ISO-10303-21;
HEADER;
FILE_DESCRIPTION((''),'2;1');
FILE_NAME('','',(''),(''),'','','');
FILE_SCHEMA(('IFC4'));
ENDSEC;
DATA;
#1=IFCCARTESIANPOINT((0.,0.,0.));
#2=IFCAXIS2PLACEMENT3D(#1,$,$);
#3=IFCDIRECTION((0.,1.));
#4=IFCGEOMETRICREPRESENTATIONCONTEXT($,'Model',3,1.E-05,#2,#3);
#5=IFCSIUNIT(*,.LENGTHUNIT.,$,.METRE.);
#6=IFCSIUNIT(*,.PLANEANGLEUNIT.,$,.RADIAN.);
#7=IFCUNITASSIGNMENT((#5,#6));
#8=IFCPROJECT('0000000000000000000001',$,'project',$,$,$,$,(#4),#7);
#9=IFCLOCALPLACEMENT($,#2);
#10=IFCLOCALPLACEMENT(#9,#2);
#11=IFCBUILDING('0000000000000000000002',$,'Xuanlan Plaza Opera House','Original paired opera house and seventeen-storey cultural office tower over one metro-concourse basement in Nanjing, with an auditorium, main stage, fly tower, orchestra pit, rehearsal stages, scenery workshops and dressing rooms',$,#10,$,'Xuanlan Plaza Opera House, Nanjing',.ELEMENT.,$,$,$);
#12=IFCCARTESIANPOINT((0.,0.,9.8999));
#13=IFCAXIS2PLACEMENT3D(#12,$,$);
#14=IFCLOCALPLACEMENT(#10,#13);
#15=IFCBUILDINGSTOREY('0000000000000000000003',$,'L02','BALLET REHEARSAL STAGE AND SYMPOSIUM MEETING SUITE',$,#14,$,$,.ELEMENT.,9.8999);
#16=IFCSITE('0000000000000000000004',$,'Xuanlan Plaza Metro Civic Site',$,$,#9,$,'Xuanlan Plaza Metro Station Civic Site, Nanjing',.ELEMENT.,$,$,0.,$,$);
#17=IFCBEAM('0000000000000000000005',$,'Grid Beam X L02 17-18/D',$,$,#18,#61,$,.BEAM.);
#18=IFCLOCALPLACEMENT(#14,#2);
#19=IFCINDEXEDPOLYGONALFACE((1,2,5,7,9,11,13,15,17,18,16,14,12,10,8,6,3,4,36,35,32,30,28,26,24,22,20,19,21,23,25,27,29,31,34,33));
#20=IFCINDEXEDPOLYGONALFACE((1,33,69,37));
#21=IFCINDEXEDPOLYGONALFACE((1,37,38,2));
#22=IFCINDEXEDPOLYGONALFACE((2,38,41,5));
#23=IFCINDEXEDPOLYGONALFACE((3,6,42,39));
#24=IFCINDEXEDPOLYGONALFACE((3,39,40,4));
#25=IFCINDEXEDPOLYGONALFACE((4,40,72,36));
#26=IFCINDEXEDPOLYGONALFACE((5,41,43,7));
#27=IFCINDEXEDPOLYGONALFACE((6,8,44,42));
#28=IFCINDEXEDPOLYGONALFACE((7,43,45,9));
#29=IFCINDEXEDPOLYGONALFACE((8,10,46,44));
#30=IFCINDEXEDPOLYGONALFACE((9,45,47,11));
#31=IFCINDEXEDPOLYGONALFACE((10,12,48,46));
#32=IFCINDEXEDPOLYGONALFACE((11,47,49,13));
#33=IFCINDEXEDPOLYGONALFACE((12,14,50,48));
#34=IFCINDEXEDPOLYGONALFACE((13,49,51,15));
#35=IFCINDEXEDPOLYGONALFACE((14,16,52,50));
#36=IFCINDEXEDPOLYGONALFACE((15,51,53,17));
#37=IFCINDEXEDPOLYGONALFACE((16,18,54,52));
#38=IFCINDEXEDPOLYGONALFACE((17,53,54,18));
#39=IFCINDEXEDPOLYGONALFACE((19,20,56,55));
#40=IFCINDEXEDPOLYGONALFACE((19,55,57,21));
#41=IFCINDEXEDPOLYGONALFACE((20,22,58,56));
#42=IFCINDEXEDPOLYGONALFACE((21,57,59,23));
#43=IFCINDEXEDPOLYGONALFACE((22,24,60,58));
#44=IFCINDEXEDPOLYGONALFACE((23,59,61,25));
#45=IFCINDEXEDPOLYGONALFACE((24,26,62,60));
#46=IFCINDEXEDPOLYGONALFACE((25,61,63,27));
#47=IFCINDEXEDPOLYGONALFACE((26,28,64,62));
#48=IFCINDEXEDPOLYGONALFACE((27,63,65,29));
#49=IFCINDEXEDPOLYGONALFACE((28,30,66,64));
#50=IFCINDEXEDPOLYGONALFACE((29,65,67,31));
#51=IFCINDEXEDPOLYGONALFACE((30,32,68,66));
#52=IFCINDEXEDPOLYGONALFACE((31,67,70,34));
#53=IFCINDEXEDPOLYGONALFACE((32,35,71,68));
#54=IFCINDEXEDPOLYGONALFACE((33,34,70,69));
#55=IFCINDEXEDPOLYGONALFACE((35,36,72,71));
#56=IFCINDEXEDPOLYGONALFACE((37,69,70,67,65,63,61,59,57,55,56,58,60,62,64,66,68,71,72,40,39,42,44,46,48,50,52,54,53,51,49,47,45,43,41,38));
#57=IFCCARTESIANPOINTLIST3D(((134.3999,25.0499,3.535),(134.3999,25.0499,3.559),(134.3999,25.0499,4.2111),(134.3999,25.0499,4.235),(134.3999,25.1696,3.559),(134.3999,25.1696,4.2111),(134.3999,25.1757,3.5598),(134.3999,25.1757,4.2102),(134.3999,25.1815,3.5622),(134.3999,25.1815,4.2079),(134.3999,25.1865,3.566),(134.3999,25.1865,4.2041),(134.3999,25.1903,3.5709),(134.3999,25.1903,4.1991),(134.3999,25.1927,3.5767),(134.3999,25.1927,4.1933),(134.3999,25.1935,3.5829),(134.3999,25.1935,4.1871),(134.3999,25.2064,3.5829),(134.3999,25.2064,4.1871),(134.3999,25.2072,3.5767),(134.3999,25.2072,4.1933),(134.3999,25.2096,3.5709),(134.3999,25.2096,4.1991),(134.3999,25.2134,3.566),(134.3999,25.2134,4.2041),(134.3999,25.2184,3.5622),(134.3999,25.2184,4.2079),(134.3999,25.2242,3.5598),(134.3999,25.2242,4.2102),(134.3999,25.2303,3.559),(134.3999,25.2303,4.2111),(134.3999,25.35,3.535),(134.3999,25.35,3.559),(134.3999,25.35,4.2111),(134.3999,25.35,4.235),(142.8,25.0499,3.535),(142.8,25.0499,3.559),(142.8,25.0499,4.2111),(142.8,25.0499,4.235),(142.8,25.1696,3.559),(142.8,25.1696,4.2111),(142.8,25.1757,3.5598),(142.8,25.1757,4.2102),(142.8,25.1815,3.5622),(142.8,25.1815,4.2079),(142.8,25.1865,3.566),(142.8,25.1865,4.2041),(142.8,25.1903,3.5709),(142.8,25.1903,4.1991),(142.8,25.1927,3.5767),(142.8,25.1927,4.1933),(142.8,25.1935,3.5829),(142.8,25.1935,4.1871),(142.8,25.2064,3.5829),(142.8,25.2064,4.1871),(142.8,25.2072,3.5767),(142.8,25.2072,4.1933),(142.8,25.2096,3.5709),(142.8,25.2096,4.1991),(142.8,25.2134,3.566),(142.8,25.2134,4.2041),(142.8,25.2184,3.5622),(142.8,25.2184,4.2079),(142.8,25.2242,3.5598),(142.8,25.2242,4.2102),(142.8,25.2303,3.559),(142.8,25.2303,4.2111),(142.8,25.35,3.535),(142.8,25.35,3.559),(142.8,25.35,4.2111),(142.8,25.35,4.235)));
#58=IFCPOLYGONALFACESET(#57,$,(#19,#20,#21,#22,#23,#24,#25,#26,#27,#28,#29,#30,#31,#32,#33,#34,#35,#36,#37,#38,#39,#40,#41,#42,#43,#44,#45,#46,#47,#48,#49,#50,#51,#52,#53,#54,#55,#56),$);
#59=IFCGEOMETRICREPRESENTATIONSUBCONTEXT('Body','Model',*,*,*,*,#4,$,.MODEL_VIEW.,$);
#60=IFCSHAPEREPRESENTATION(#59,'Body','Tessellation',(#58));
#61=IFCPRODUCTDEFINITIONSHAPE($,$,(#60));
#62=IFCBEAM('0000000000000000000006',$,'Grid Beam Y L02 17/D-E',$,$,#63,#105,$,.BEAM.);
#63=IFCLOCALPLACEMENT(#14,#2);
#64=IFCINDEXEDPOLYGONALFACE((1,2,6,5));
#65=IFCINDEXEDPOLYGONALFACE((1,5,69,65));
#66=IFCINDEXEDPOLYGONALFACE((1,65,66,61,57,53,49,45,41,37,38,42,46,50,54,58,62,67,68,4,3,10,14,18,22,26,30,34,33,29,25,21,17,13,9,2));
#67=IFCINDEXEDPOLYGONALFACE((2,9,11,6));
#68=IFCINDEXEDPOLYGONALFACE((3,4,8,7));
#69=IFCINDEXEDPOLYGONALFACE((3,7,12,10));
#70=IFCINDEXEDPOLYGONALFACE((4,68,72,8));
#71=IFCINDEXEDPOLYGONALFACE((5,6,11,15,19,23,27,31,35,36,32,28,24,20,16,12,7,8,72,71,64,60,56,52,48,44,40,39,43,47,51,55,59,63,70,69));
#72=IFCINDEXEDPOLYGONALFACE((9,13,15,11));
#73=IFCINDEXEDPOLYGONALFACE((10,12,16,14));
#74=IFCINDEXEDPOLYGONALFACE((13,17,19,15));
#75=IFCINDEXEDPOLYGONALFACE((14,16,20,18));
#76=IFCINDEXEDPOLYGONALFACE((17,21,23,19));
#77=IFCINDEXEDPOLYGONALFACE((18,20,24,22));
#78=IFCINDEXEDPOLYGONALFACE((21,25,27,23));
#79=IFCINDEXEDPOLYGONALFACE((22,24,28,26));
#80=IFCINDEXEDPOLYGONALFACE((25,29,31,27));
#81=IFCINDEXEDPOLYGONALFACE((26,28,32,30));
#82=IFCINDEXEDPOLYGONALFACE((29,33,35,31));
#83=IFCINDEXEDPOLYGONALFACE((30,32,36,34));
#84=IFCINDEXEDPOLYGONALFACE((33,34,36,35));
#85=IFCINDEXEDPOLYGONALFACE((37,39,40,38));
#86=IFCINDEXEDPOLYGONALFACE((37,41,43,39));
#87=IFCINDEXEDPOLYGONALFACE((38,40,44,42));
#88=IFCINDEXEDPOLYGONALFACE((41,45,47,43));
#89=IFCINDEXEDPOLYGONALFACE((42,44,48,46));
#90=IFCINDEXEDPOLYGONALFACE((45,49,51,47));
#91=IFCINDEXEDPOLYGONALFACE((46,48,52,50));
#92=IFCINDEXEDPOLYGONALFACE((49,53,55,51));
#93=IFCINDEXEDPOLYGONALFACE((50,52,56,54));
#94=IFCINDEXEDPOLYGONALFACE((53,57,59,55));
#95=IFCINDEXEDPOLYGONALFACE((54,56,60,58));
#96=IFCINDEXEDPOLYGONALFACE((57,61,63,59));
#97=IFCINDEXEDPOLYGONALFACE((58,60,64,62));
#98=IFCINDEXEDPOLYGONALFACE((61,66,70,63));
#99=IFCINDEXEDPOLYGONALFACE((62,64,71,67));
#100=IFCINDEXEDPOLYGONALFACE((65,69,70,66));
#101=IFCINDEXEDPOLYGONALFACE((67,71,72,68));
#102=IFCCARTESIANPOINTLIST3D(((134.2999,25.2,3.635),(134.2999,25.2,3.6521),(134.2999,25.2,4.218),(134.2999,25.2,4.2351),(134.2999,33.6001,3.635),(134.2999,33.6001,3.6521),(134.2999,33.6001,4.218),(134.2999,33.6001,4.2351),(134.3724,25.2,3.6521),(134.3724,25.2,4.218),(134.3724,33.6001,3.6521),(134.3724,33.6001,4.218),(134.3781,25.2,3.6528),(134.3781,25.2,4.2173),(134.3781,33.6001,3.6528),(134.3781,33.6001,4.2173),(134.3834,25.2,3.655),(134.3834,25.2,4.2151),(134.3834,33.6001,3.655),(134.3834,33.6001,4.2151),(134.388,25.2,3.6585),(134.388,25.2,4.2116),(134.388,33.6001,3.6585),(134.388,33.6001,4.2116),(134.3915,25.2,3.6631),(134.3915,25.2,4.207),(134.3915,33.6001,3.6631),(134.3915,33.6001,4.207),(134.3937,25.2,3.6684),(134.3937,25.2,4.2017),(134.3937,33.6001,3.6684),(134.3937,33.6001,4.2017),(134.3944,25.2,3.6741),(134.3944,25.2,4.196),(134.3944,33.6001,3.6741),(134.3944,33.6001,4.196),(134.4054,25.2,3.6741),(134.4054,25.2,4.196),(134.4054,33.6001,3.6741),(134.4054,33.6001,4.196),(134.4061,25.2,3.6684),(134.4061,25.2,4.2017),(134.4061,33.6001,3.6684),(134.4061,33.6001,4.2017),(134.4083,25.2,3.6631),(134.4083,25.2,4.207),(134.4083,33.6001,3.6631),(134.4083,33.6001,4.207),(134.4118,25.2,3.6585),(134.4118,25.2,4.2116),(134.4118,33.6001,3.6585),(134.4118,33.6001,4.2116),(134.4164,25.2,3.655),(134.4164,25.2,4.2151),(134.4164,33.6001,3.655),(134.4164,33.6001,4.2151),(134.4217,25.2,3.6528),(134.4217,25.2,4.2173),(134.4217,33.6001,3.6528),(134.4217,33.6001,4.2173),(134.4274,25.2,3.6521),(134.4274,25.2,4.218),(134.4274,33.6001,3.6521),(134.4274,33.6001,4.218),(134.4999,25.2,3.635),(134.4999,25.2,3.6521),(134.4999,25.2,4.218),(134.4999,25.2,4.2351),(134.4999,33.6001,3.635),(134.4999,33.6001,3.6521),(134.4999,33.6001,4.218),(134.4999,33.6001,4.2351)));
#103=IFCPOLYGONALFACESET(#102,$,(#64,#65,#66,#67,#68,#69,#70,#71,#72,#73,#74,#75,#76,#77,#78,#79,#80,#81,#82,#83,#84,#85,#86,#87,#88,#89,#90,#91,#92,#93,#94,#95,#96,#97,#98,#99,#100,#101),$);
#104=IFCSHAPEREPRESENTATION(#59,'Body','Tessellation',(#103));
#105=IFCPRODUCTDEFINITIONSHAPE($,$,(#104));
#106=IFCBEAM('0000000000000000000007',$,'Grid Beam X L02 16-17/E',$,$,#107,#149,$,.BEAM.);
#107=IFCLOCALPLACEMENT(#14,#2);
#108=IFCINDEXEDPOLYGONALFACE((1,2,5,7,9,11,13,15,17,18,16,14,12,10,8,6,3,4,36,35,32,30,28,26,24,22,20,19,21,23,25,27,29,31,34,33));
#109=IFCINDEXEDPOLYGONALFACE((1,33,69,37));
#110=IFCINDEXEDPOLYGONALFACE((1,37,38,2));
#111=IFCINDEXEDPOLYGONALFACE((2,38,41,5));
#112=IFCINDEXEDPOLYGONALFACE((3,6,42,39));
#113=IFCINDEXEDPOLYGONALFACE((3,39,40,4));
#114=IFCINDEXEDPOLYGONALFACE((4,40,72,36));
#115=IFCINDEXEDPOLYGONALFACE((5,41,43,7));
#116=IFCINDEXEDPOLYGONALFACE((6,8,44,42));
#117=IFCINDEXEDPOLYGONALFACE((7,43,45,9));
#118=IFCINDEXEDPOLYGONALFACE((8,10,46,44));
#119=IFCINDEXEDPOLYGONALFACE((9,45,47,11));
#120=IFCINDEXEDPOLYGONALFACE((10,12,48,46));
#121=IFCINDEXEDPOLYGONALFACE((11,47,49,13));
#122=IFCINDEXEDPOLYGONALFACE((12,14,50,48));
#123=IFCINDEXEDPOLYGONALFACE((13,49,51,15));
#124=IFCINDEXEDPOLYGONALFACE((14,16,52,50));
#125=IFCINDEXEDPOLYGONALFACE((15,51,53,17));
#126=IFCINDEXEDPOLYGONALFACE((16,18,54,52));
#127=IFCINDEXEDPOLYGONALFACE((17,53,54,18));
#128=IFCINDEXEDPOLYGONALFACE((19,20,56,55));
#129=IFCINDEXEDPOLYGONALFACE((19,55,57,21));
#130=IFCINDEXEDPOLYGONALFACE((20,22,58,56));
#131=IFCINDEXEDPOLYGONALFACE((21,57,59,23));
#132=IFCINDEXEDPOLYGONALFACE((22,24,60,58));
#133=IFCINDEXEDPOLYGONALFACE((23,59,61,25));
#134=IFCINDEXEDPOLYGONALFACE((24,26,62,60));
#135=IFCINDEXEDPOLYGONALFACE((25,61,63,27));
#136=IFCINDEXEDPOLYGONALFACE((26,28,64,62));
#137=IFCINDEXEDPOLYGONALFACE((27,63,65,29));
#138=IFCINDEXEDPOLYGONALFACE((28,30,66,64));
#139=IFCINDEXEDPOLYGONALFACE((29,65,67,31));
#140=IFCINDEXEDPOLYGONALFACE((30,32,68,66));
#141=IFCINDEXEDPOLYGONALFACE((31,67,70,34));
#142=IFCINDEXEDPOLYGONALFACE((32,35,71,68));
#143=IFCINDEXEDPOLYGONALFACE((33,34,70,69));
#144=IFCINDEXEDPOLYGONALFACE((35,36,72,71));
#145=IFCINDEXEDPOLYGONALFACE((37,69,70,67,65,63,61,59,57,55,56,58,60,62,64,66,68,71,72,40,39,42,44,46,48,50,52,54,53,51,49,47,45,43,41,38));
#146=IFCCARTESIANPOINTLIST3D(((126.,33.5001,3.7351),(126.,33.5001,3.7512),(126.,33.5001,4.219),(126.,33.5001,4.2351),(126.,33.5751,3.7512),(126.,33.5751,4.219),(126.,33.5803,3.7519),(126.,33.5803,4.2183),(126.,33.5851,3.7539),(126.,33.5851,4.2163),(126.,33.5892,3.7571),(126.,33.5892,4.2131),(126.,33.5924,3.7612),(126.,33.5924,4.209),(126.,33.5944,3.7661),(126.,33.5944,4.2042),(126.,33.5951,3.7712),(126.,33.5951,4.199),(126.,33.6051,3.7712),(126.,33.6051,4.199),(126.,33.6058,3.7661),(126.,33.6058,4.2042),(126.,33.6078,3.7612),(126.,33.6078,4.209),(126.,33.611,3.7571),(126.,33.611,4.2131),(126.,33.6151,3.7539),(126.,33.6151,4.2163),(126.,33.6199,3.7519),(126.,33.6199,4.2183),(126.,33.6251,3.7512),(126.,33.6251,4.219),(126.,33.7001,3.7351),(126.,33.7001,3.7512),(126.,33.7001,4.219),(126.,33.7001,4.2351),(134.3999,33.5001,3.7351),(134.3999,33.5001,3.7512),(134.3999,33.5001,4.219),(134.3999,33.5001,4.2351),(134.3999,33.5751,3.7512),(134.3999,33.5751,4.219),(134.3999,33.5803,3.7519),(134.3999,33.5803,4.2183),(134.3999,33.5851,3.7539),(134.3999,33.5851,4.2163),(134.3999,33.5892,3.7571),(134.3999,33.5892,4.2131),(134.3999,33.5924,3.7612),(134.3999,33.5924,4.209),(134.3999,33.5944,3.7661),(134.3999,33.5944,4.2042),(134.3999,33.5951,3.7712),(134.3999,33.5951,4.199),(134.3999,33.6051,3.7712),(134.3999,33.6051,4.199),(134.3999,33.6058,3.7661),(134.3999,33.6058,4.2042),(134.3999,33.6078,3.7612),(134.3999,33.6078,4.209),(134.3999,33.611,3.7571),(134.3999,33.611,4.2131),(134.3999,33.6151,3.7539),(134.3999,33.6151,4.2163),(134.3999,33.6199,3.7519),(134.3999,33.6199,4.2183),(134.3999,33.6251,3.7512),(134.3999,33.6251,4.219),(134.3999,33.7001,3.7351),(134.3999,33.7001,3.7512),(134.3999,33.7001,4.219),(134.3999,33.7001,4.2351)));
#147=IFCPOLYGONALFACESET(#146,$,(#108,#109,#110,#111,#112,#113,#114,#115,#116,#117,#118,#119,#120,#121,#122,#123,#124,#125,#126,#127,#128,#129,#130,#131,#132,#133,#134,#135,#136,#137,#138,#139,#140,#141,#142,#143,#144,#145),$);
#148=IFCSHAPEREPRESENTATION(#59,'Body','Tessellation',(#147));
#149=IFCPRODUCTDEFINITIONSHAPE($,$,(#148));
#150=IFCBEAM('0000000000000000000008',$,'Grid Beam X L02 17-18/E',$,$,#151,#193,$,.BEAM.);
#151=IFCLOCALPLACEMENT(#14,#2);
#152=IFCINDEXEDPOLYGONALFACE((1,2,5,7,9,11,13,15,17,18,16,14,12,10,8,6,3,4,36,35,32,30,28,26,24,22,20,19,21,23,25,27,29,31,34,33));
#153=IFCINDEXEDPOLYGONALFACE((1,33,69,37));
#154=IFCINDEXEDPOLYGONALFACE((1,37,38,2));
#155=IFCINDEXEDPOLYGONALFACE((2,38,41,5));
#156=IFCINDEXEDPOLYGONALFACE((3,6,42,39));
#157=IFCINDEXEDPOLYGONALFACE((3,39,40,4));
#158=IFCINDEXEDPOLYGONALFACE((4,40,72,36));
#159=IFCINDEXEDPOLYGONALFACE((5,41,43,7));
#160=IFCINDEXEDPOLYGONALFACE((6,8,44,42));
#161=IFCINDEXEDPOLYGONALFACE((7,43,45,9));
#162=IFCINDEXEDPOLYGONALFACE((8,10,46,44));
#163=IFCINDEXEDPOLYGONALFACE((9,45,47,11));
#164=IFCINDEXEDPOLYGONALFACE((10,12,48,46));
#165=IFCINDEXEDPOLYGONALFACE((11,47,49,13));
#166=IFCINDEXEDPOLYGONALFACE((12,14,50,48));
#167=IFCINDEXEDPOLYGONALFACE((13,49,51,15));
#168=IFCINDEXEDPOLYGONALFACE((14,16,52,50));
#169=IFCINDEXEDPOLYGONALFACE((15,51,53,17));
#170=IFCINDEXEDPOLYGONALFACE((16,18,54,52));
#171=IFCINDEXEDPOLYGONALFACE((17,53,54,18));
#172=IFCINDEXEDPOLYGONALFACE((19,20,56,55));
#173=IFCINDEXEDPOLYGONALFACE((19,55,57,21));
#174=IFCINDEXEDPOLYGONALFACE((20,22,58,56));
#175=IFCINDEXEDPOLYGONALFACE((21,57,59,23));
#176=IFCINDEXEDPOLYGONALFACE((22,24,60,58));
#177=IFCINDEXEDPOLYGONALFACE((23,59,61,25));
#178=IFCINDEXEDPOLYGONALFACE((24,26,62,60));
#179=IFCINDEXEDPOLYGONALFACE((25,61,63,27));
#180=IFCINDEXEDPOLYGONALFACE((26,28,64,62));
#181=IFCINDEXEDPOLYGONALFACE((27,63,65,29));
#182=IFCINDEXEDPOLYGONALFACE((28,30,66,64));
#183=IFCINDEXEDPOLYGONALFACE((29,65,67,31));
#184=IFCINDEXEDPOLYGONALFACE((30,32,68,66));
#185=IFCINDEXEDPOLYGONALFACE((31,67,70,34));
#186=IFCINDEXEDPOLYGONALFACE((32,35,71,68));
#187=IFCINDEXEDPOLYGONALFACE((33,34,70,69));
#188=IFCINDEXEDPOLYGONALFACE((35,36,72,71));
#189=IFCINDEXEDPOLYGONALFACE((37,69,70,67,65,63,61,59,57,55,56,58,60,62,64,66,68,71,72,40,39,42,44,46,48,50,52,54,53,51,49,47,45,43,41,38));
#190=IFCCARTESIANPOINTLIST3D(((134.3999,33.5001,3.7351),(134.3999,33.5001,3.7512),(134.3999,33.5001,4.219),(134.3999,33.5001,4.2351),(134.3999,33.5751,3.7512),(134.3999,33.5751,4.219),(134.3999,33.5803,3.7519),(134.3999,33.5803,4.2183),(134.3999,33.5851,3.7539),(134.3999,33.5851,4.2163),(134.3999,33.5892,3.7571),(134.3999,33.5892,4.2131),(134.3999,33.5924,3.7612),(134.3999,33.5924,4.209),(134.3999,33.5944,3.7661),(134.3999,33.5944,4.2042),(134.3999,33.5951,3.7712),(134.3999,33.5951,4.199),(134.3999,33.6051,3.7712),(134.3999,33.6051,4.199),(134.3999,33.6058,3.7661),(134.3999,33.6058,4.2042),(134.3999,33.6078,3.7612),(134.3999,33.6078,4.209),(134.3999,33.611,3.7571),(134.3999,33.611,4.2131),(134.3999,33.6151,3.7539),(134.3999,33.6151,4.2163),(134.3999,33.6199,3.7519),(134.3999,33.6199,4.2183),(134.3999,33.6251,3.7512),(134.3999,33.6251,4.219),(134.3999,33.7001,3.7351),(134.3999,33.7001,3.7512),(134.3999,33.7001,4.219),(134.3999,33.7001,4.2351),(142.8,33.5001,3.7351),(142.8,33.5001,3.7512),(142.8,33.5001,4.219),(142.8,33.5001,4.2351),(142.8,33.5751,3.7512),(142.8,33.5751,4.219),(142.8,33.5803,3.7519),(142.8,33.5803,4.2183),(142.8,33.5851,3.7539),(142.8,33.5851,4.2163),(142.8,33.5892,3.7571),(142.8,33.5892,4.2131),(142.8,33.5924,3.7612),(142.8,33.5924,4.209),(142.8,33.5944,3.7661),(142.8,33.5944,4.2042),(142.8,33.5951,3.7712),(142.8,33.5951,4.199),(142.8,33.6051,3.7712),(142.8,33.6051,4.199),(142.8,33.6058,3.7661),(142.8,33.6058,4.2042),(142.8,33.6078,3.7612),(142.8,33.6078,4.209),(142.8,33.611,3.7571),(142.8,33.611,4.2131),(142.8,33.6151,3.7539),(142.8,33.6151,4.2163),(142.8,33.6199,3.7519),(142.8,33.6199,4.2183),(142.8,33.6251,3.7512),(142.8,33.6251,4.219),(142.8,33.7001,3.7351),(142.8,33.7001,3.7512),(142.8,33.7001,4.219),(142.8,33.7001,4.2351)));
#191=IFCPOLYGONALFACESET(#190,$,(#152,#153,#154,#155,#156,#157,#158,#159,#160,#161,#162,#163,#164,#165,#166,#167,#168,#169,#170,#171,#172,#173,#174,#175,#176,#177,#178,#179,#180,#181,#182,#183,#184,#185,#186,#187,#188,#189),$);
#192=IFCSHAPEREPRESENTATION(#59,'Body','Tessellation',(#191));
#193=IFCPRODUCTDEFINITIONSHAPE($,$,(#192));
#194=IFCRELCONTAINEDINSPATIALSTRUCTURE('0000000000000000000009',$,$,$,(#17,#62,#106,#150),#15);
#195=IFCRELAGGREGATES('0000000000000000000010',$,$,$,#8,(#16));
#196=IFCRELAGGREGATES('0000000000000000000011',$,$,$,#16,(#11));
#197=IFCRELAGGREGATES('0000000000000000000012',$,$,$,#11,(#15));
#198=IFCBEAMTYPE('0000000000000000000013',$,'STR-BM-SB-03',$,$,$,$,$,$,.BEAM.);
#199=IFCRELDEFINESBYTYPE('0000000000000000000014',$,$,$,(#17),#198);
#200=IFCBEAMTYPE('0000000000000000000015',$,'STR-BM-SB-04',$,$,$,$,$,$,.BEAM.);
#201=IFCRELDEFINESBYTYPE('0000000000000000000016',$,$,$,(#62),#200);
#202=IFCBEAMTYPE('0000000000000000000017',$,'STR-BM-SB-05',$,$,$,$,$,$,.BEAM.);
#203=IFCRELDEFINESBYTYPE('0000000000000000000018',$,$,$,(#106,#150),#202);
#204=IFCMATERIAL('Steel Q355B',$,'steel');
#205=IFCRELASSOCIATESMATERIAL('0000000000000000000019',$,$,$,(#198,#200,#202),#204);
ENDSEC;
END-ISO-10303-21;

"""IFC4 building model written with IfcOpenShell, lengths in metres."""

from ifc_helpers import new_model, si_unit, direction, frame, origin, origin_2d, place, context, subcontext, project, spatial, i_section, extrude, material, material_profile, profile_set, type_object, element, save


model = new_model("IFC4")

# Units and contexts
model_context = context("Model", 3, precision=1e-05, world=origin(), true_north=direction((0.0, 1.0)))
body_context = subcontext(model_context, "Body", "Model", "MODEL_VIEW")
ifc_project = project(units=[si_unit("LENGTHUNIT", "METRE"), si_unit("PLANEANGLEUNIT", "RADIAN")], contexts=[model_context])

# Site, building, storey
site_placement = place(None, origin())
site = spatial("IfcSite", under=ifc_project, at=site_placement, Name="Xuanlan Plaza Metro Civic Site", LongName="Xuanlan Plaza Metro Station Civic Site, Nanjing", CompositionType="ELEMENT", RefElevation=0.0)
building_placement = place(site_placement, origin())
building = spatial("IfcBuilding", under=site, at=building_placement, Name="Xuanlan Plaza Opera House", Description="Original paired opera house and seventeen-storey cultural office tower over one metro-concourse basement in Nanjing, with an auditorium, main stage, fly tower, orchestra pit, rehearsal stages, scenery workshops and dressing rooms", LongName="Xuanlan Plaza Opera House, Nanjing", CompositionType="ELEMENT")
storey_placement = place(building_placement, frame((0.0, 0.0, 9.8999)))
storey = spatial("IfcBuildingStorey", under=building, at=storey_placement, Name="L02", Description="BALLET REHEARSAL STAGE AND SYMPOSIUM MEETING SUITE", CompositionType="ELEMENT", Elevation=9.8999)

# Beams
ifc_material_1 = material(Name="Steel Q355B", Category="steel")
ifc_material_profile_1 = material_profile(ifc_material_1, i_section(OverallWidth=0.3, OverallDepth=0.7, WebThickness=0.0129, FlangeThickness=0.0239, FilletRadius=0.0239, at=origin_2d()), Name="HN 700x300x13x24")
ifc_profile_set_1 = profile_set([ifc_material_profile_1], Name="Steel Q355B")
beam_type_1 = type_object("IfcBeamType", Name="STR-BM-SB-03", PredefinedType="BEAM", material=ifc_profile_set_1)
beam_1_placement = place(storey_placement, frame((134.3999, 25.2, 3.885), z_axis=(1.0, 0.0, 0.0), x_axis=(0.0, 1.0, 0.0)))
element("IfcBeam", 1, at=beam_1_placement, inside=storey, type_object=beam_type_1, Name="Grid Beam X L02 17-18/D", PredefinedType="BEAM", context=body_context, shape_type="SweptSolid", body=[
    extrude(i_section(OverallWidth=0.3, OverallDepth=0.7, WebThickness=0.0129, FlangeThickness=0.0239, FilletRadius=0.0239, at=origin_2d()), origin(), (0.0, 0.0, 1.0), 8.4001),
])
ifc_material_profile_2 = material_profile(ifc_material_1, i_section(OverallWidth=0.2, OverallDepth=0.6001, WebThickness=0.011, FlangeThickness=0.0171, FilletRadius=0.022, at=origin_2d()), Name="HN 600x200x11x17")
ifc_profile_set_2 = profile_set([ifc_material_profile_2], Name="Steel Q355B")
beam_type_2 = type_object("IfcBeamType", Name="STR-BM-SB-04", PredefinedType="BEAM", material=ifc_profile_set_2)
beam_2_placement = place(storey_placement, frame((134.3999, 25.2, 3.9351), z_axis=(0.0, 1.0, 0.0), x_axis=(-1.0, 0.0, 0.0)))
element("IfcBeam", 2, at=beam_2_placement, inside=storey, type_object=beam_type_2, Name="Grid Beam Y L02 17/D-E", PredefinedType="BEAM", context=body_context, shape_type="SweptSolid", body=[
    extrude(i_section(OverallWidth=0.2, OverallDepth=0.6001, WebThickness=0.011, FlangeThickness=0.0171, FilletRadius=0.022, at=origin_2d()), origin(), (0.0, 0.0, 1.0), 8.4001),
])
ifc_material_profile_3 = material_profile(ifc_material_1, i_section(OverallWidth=0.2, OverallDepth=0.5, WebThickness=0.01, FlangeThickness=0.0161, FilletRadius=0.02, at=origin_2d()), Name="HN 500x200x10x16")
ifc_profile_set_3 = profile_set([ifc_material_profile_3], Name="Steel Q355B")
beam_type_3 = type_object("IfcBeamType", Name="STR-BM-SB-05", PredefinedType="BEAM", material=ifc_profile_set_3)
beam_3_placement = place(storey_placement, frame((126.0, 33.6001, 3.9851), z_axis=(1.0, 0.0, 0.0), x_axis=(0.0, 1.0, 0.0)))
element("IfcBeam", 3, at=beam_3_placement, inside=storey, type_object=beam_type_3, Name="Grid Beam X L02 16-17/E", PredefinedType="BEAM", context=body_context, shape_type="SweptSolid", body=[
    extrude(i_section(OverallWidth=0.2, OverallDepth=0.5, WebThickness=0.01, FlangeThickness=0.0161, FilletRadius=0.02, at=origin_2d()), origin(), (0.0, 0.0, 1.0), 8.3999),
])
beam_4_placement = place(storey_placement, frame((134.3999, 33.6001, 3.9851), z_axis=(1.0, 0.0, 0.0), x_axis=(0.0, 1.0, 0.0)))
element("IfcBeam", 4, at=beam_4_placement, inside=storey, type_object=beam_type_3, Name="Grid Beam X L02 17-18/E", PredefinedType="BEAM", context=body_context, shape_type="SweptSolid", body=[
    extrude(i_section(OverallWidth=0.2, OverallDepth=0.5, WebThickness=0.01, FlangeThickness=0.0161, FilletRadius=0.02, at=origin_2d()), origin(), (0.0, 0.0, 1.0), 8.4001),
])

save(model, "model.ifc")
